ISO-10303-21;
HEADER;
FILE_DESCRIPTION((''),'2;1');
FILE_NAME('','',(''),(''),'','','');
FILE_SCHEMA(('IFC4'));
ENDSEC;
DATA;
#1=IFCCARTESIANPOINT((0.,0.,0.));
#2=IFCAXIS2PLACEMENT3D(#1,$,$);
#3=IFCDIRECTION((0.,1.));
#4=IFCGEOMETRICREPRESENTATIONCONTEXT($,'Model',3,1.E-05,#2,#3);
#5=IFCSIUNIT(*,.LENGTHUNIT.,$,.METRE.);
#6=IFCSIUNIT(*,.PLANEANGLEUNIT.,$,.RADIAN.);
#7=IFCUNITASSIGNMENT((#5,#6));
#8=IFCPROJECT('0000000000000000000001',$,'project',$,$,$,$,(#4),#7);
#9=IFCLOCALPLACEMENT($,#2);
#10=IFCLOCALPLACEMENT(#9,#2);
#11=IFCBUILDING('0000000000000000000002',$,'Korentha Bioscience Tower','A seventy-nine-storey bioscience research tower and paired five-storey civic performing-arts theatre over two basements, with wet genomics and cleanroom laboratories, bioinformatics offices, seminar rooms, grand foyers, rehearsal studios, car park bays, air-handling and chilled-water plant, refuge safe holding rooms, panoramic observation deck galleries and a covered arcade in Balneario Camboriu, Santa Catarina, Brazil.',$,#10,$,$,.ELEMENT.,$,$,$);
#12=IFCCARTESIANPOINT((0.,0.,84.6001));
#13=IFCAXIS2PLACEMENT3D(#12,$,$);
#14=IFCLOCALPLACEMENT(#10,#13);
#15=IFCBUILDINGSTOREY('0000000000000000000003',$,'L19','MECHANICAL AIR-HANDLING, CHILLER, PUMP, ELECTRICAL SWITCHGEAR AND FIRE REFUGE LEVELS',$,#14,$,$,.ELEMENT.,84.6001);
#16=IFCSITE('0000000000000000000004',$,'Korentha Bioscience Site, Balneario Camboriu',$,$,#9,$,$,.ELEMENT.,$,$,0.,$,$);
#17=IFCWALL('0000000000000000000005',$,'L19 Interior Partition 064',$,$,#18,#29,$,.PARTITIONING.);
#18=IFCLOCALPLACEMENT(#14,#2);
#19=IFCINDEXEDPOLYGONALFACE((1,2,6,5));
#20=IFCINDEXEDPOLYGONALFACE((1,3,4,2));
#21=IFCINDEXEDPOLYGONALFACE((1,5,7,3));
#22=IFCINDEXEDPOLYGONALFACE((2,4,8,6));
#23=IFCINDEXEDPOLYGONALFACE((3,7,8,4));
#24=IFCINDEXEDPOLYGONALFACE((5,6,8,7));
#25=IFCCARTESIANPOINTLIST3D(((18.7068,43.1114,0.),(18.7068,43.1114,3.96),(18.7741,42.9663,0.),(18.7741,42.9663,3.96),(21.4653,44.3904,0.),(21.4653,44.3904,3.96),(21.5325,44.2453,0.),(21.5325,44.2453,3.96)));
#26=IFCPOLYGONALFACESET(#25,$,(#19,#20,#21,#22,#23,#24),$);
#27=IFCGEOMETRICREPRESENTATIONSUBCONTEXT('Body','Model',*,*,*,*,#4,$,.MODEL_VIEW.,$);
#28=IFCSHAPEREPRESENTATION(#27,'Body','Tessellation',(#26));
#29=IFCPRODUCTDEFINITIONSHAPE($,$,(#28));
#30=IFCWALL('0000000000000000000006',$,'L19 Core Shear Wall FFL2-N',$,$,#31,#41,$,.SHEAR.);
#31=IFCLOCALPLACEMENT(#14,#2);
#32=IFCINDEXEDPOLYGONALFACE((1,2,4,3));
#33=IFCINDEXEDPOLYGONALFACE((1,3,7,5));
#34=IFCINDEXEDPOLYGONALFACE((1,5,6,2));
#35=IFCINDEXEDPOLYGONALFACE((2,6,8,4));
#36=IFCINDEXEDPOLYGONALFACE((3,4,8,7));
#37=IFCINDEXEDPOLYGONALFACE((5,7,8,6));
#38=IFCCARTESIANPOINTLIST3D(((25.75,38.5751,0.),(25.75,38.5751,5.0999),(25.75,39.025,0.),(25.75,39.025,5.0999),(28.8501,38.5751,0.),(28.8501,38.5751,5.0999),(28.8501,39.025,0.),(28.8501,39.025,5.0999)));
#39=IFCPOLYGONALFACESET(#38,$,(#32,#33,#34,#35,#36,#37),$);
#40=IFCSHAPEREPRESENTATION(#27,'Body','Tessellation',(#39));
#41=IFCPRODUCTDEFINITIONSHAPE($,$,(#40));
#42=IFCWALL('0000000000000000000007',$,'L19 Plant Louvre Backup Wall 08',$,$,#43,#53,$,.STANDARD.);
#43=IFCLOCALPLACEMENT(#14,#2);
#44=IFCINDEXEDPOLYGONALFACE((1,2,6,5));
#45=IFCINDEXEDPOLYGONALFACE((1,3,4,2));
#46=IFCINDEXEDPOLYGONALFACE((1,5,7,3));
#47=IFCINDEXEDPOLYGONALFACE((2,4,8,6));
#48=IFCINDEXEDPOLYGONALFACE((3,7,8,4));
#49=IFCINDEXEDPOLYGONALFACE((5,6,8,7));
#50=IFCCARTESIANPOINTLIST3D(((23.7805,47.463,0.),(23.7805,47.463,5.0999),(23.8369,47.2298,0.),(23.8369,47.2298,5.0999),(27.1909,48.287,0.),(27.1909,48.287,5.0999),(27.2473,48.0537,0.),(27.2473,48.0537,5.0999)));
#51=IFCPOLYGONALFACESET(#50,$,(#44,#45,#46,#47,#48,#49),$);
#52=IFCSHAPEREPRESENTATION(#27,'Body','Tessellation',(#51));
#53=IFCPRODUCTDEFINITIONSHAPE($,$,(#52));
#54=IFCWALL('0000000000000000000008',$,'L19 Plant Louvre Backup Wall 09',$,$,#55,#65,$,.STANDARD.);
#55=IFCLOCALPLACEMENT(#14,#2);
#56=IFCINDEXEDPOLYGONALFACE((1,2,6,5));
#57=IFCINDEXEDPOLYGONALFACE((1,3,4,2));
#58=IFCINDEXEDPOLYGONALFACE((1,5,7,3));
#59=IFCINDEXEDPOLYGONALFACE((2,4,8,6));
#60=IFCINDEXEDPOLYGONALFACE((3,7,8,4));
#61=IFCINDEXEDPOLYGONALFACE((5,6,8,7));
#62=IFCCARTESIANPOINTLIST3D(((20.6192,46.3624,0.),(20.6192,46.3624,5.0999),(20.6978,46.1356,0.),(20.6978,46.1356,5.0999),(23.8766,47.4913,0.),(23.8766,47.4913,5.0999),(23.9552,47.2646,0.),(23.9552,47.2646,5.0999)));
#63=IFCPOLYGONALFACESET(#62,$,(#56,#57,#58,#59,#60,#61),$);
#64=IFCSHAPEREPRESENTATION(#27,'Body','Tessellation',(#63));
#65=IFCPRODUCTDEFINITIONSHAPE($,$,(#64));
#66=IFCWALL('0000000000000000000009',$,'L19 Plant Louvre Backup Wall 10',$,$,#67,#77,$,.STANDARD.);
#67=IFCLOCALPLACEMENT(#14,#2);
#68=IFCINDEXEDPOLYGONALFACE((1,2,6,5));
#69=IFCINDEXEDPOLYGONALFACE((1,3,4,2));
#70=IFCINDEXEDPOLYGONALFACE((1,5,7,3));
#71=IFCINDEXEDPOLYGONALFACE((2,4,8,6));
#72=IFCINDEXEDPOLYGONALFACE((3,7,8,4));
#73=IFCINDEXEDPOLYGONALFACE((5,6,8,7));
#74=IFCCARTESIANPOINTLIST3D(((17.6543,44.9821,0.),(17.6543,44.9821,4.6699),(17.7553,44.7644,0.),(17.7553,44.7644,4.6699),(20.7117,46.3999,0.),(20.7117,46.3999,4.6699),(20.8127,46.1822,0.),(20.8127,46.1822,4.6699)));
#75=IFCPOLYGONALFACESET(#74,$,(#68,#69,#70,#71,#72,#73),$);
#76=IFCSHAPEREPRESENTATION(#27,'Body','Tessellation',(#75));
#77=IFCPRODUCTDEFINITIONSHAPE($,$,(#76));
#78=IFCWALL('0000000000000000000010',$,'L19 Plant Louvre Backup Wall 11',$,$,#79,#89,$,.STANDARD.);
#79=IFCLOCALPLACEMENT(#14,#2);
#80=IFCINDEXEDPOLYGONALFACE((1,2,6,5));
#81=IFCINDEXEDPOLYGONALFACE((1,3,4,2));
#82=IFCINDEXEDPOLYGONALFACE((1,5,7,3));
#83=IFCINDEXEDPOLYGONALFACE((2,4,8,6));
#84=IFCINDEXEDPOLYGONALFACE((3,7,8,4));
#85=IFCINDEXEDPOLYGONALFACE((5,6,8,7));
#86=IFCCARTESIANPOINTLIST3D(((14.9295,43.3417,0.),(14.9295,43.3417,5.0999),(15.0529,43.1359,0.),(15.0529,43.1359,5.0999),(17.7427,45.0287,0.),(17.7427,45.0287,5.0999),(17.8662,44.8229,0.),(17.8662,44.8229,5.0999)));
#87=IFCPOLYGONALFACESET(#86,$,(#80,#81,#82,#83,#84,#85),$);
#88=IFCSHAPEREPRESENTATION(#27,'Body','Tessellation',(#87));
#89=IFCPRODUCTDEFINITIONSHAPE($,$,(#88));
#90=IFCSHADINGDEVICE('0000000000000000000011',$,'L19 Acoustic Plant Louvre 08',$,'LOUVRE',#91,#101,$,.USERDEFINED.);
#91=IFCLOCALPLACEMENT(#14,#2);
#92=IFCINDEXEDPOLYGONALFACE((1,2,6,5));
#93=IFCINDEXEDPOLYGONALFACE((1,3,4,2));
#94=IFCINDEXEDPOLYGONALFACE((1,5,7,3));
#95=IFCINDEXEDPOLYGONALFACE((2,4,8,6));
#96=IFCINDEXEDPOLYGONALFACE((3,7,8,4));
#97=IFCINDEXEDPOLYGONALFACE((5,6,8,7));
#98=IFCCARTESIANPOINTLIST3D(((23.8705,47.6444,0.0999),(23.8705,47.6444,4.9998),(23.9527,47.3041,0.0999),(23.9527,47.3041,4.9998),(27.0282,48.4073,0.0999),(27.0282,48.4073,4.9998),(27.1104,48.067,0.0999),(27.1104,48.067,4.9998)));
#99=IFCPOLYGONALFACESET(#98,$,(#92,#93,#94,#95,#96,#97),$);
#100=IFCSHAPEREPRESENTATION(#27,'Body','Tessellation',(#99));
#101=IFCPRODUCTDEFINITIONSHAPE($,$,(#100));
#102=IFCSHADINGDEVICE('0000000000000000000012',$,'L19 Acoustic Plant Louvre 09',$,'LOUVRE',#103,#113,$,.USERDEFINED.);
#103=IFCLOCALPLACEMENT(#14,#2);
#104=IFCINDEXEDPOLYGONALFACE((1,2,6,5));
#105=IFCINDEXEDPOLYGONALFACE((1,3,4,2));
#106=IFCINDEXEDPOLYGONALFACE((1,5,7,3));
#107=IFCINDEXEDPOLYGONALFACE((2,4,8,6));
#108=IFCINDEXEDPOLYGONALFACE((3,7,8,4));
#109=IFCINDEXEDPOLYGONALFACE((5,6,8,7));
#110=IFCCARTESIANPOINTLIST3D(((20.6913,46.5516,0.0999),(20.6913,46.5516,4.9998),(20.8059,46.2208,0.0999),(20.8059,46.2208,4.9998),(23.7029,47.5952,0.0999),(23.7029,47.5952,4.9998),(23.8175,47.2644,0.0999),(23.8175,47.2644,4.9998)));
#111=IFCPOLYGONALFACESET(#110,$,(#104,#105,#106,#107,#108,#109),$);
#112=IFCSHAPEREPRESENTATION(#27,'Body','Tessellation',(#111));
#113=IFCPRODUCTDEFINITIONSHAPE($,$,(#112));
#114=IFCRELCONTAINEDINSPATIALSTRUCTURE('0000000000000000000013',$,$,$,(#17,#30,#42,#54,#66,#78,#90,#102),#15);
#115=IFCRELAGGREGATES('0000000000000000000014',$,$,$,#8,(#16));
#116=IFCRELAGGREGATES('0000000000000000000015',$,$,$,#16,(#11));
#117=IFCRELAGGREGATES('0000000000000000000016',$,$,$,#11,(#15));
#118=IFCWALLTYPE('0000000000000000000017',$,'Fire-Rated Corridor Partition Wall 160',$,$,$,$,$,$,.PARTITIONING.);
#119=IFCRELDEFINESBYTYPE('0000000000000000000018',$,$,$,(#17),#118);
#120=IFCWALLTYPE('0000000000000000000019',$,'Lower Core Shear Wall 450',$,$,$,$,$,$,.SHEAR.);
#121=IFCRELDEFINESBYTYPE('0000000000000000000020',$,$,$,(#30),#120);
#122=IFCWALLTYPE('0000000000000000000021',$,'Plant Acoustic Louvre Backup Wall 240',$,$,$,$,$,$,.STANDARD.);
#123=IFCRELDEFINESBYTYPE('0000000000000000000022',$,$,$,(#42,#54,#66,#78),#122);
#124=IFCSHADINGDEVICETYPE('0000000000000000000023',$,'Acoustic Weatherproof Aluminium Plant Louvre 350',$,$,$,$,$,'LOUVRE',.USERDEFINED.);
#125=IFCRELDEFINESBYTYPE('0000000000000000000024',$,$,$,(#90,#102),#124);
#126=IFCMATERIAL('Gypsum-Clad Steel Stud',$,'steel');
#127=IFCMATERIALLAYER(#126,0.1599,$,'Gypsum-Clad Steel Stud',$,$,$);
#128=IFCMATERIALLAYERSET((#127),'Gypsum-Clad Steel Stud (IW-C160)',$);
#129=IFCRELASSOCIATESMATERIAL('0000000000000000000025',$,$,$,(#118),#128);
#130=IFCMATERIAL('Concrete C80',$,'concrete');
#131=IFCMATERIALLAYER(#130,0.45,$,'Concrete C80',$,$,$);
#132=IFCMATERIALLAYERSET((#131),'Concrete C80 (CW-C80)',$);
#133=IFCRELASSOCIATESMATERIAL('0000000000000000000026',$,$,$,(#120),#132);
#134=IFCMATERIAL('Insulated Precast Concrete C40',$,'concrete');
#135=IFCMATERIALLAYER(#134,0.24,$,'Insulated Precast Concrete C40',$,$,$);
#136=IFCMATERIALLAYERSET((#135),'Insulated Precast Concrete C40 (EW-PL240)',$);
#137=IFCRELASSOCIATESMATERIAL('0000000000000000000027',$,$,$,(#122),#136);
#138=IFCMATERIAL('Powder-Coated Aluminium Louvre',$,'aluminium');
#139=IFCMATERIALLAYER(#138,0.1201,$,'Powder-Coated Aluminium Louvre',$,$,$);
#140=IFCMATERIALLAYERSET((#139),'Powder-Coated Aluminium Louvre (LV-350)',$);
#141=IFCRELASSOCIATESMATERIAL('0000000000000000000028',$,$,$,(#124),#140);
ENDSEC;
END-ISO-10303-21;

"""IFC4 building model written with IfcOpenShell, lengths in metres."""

from ifc_helpers import new_model, si_unit, direction, frame, frame_2d, origin, origin_2d, place, context, subcontext, project, spatial, rectangle, extrude, material, layer, layer_set, type_object, element, save


model = new_model("IFC4")

# Units and contexts
model_context = context("Model", 3, precision=1e-05, world=origin(), true_north=direction((0.0, 1.0)))
body_context = subcontext(model_context, "Body", "Model", "MODEL_VIEW")
ifc_project = project(units=[si_unit("LENGTHUNIT", "METRE"), si_unit("PLANEANGLEUNIT", "RADIAN")], contexts=[model_context])

# Site, building, storey
site_placement = place(None, origin())
site = spatial("IfcSite", under=ifc_project, at=site_placement, Name="Korentha Bioscience Site, Balneario Camboriu", CompositionType="ELEMENT", RefElevation=0.0)
building_placement = place(site_placement, origin())
building = spatial("IfcBuilding", under=site, at=building_placement, Name="Korentha Bioscience Tower", Description="A seventy-nine-storey bioscience research tower and paired five-storey civic performing-arts theatre over two basements, with wet genomics and cleanroom laboratories, bioinformatics offices, seminar rooms, grand foyers, rehearsal studios, car park bays, air-handling and chilled-water plant, refuge safe holding rooms, panoramic observation deck galleries and a covered arcade in Balneario Camboriu, Santa Catarina, Brazil.", CompositionType="ELEMENT")
storey_placement = place(building_placement, frame((0.0, 0.0, 84.6001)))
storey = spatial("IfcBuildingStorey", under=building, at=storey_placement, Name="L19", Description="MECHANICAL AIR-HANDLING, CHILLER, PUMP, ELECTRICAL SWITCHGEAR AND FIRE REFUGE LEVELS", CompositionType="ELEMENT", Elevation=84.6001)

# Shared definitions
ifc_material_1 = material(Name="Concrete C80", Category="concrete")

# Shared definitions
ifc_material_2 = material(Name="Gypsum-Clad Steel Stud", Category="steel")
ifc_layer_1 = layer(ifc_material_2, 0.1599, Name="Gypsum-Clad Steel Stud")
ifc_layer_set_1 = layer_set([ifc_layer_1], Name="Gypsum-Clad Steel Stud (IW-C160)")
wall_type_1 = type_object("IfcWallType", Name="Fire-Rated Corridor Partition Wall 160", PredefinedType="PARTITIONING", material=ifc_layer_set_1)

# Walls
wall_1_placement = place(storey_placement, frame((18.7405, 43.0388, 0.0), z_axis=(0.0, 0.0, 1.0), x_axis=(0.907222, 0.420651, 0.0)))
element("IfcWall", 1, at=wall_1_placement, inside=storey, type_object=wall_type_1, Name="L19 Interior Partition 064", PredefinedType="PARTITIONING", context=body_context, shape_type="SweptSolid", body=[
    extrude(rectangle(XDim=3.0405, YDim=0.1599, at=frame_2d((1.5203, 0.0))), origin(), (0.0, 0.0, 1.0), 3.96),
])
ifc_layer_2 = layer(ifc_material_1, 0.45, Name="Concrete C80")
ifc_layer_set_2 = layer_set([ifc_layer_2], Name="Concrete C80 (CW-C80)")
wall_type_2 = type_object("IfcWallType", Name="Lower Core Shear Wall 450", PredefinedType="SHEAR", material=ifc_layer_set_2)
wall_2_placement = place(storey_placement, frame((25.75, 38.8, 0.0), z_axis=(0.0, 0.0, 1.0), x_axis=(1.0, 0.0, 0.0)))
element("IfcWall", 2, at=wall_2_placement, inside=storey, type_object=wall_type_2, Name="L19 Core Shear Wall FFL2-N", PredefinedType="SHEAR", context=body_context, shape_type="SweptSolid", body=[
    extrude(rectangle(XDim=3.1001, YDim=0.45, at=frame_2d((1.55, 0.0))), origin(), (0.0, 0.0, 1.0), 5.0999),
])
ifc_material_3 = material(Name="Insulated Precast Concrete C40", Category="concrete")
ifc_layer_3 = layer(ifc_material_3, 0.24, Name="Insulated Precast Concrete C40")
ifc_layer_set_3 = layer_set([ifc_layer_3], Name="Insulated Precast Concrete C40 (EW-PL240)")
wall_type_3 = type_object("IfcWallType", Name="Plant Acoustic Louvre Backup Wall 240", PredefinedType="STANDARD", material=ifc_layer_set_3)
wall_3_placement = place(storey_placement, frame((27.2192, 48.1704, 0.0), z_axis=(0.0, 0.0, 1.0), x_axis=(-0.972032, -0.234849, 0.0)))
element("IfcWall", 3, at=wall_3_placement, inside=storey, type_object=wall_type_3, Name="L19 Plant Louvre Backup Wall 08", PredefinedType="STANDARD", context=body_context, shape_type="SweptSolid", body=[
    extrude(rectangle(XDim=3.5085, YDim=0.24, at=frame_2d((1.7544, 0.0))), origin(), (0.0, 0.0, 1.0), 5.0999),
])
wall_4_placement = place(storey_placement, frame((23.9158, 47.3779, 0.0), z_axis=(0.0, 0.0, 1.0), x_axis=(-0.944863, -0.327466, 0.0)))
element("IfcWall", 4, at=wall_4_placement, inside=storey, type_object=wall_type_3, Name="L19 Plant Louvre Backup Wall 09", PredefinedType="STANDARD", context=body_context, shape_type="SweptSolid", body=[
    extrude(rectangle(XDim=3.4475, YDim=0.24, at=frame_2d((1.7236, 0.0))), origin(), (0.0, 0.0, 1.0), 5.0999),
])
wall_5_placement = place(storey_placement, frame((20.7622, 46.291, 0.0), z_axis=(0.0, 0.0, 1.0), x_axis=(-0.907209, -0.420679, 0.0)))
element("IfcWall", 5, at=wall_5_placement, inside=storey, type_object=wall_type_3, Name="L19 Plant Louvre Backup Wall 10", PredefinedType="STANDARD", context=body_context, shape_type="SweptSolid", body=[
    extrude(rectangle(XDim=3.3701, YDim=0.24, at=frame_2d((1.6851, 0.0))), origin(), (0.0, 0.0, 1.0), 4.6699),
])
wall_6_placement = place(storey_placement, frame((17.8044, 44.9258, 0.0), z_axis=(0.0, 0.0, 1.0), x_axis=(-0.857618, -0.514288, 0.0)))
element("IfcWall", 6, at=wall_6_placement, inside=storey, type_object=wall_type_3, Name="L19 Plant Louvre Backup Wall 11", PredefinedType="STANDARD", context=body_context, shape_type="SweptSolid", body=[
    extrude(rectangle(XDim=3.2803, YDim=0.24, at=frame_2d((1.6401, 0.0))), origin(), (0.0, 0.0, 1.0), 5.0999),
])

# Shading devices
ifc_material_4 = material(Name="Powder-Coated Aluminium Louvre", Category="aluminium")
ifc_layer_4 = layer(ifc_material_4, 0.1201, Name="Powder-Coated Aluminium Louvre")
ifc_layer_set_4 = layer_set([ifc_layer_4], Name="Powder-Coated Aluminium Louvre (LV-350)")
shading_device_type = type_object("IfcShadingDeviceType", Name="Acoustic Weatherproof Aluminium Plant Louvre 350", ElementType="LOUVRE", PredefinedType="USERDEFINED", material=ifc_layer_set_4)
shading_device_1_placement = place(storey_placement, frame((25.4905, 47.8557, 0.0999), z_axis=(0.0, 0.0, 1.0), x_axis=(-0.972038, -0.234824, 0.0)))
element("IfcShadingDevice", 7, at=shading_device_1_placement, inside=storey, type_object=shading_device_type, Name="L19 Acoustic Plant Louvre 08", ObjectType="LOUVRE", PredefinedType="USERDEFINED", context=body_context, shape_type="SweptSolid", body=[
    extrude(rectangle(XDim=3.2485, YDim=0.3501, at=origin_2d()), origin(), (0.0, 0.0, 1.0), 4.8999),
])
shading_device_2_placement = place(storey_placement, frame((22.2544, 46.908, 0.0999), z_axis=(0.0, 0.0, 1.0), x_axis=(-0.944877, -0.327427, 0.0)))
element("IfcShadingDevice", 8, at=shading_device_2_placement, inside=storey, type_object=shading_device_type, Name="L19 Acoustic Plant Louvre 09", ObjectType="LOUVRE", PredefinedType="USERDEFINED", context=body_context, shape_type="SweptSolid", body=[
    extrude(rectangle(XDim=3.1873, YDim=0.3501, at=origin_2d()), origin(), (0.0, 0.0, 1.0), 4.8999),
])

save(model, "model.ifc")
